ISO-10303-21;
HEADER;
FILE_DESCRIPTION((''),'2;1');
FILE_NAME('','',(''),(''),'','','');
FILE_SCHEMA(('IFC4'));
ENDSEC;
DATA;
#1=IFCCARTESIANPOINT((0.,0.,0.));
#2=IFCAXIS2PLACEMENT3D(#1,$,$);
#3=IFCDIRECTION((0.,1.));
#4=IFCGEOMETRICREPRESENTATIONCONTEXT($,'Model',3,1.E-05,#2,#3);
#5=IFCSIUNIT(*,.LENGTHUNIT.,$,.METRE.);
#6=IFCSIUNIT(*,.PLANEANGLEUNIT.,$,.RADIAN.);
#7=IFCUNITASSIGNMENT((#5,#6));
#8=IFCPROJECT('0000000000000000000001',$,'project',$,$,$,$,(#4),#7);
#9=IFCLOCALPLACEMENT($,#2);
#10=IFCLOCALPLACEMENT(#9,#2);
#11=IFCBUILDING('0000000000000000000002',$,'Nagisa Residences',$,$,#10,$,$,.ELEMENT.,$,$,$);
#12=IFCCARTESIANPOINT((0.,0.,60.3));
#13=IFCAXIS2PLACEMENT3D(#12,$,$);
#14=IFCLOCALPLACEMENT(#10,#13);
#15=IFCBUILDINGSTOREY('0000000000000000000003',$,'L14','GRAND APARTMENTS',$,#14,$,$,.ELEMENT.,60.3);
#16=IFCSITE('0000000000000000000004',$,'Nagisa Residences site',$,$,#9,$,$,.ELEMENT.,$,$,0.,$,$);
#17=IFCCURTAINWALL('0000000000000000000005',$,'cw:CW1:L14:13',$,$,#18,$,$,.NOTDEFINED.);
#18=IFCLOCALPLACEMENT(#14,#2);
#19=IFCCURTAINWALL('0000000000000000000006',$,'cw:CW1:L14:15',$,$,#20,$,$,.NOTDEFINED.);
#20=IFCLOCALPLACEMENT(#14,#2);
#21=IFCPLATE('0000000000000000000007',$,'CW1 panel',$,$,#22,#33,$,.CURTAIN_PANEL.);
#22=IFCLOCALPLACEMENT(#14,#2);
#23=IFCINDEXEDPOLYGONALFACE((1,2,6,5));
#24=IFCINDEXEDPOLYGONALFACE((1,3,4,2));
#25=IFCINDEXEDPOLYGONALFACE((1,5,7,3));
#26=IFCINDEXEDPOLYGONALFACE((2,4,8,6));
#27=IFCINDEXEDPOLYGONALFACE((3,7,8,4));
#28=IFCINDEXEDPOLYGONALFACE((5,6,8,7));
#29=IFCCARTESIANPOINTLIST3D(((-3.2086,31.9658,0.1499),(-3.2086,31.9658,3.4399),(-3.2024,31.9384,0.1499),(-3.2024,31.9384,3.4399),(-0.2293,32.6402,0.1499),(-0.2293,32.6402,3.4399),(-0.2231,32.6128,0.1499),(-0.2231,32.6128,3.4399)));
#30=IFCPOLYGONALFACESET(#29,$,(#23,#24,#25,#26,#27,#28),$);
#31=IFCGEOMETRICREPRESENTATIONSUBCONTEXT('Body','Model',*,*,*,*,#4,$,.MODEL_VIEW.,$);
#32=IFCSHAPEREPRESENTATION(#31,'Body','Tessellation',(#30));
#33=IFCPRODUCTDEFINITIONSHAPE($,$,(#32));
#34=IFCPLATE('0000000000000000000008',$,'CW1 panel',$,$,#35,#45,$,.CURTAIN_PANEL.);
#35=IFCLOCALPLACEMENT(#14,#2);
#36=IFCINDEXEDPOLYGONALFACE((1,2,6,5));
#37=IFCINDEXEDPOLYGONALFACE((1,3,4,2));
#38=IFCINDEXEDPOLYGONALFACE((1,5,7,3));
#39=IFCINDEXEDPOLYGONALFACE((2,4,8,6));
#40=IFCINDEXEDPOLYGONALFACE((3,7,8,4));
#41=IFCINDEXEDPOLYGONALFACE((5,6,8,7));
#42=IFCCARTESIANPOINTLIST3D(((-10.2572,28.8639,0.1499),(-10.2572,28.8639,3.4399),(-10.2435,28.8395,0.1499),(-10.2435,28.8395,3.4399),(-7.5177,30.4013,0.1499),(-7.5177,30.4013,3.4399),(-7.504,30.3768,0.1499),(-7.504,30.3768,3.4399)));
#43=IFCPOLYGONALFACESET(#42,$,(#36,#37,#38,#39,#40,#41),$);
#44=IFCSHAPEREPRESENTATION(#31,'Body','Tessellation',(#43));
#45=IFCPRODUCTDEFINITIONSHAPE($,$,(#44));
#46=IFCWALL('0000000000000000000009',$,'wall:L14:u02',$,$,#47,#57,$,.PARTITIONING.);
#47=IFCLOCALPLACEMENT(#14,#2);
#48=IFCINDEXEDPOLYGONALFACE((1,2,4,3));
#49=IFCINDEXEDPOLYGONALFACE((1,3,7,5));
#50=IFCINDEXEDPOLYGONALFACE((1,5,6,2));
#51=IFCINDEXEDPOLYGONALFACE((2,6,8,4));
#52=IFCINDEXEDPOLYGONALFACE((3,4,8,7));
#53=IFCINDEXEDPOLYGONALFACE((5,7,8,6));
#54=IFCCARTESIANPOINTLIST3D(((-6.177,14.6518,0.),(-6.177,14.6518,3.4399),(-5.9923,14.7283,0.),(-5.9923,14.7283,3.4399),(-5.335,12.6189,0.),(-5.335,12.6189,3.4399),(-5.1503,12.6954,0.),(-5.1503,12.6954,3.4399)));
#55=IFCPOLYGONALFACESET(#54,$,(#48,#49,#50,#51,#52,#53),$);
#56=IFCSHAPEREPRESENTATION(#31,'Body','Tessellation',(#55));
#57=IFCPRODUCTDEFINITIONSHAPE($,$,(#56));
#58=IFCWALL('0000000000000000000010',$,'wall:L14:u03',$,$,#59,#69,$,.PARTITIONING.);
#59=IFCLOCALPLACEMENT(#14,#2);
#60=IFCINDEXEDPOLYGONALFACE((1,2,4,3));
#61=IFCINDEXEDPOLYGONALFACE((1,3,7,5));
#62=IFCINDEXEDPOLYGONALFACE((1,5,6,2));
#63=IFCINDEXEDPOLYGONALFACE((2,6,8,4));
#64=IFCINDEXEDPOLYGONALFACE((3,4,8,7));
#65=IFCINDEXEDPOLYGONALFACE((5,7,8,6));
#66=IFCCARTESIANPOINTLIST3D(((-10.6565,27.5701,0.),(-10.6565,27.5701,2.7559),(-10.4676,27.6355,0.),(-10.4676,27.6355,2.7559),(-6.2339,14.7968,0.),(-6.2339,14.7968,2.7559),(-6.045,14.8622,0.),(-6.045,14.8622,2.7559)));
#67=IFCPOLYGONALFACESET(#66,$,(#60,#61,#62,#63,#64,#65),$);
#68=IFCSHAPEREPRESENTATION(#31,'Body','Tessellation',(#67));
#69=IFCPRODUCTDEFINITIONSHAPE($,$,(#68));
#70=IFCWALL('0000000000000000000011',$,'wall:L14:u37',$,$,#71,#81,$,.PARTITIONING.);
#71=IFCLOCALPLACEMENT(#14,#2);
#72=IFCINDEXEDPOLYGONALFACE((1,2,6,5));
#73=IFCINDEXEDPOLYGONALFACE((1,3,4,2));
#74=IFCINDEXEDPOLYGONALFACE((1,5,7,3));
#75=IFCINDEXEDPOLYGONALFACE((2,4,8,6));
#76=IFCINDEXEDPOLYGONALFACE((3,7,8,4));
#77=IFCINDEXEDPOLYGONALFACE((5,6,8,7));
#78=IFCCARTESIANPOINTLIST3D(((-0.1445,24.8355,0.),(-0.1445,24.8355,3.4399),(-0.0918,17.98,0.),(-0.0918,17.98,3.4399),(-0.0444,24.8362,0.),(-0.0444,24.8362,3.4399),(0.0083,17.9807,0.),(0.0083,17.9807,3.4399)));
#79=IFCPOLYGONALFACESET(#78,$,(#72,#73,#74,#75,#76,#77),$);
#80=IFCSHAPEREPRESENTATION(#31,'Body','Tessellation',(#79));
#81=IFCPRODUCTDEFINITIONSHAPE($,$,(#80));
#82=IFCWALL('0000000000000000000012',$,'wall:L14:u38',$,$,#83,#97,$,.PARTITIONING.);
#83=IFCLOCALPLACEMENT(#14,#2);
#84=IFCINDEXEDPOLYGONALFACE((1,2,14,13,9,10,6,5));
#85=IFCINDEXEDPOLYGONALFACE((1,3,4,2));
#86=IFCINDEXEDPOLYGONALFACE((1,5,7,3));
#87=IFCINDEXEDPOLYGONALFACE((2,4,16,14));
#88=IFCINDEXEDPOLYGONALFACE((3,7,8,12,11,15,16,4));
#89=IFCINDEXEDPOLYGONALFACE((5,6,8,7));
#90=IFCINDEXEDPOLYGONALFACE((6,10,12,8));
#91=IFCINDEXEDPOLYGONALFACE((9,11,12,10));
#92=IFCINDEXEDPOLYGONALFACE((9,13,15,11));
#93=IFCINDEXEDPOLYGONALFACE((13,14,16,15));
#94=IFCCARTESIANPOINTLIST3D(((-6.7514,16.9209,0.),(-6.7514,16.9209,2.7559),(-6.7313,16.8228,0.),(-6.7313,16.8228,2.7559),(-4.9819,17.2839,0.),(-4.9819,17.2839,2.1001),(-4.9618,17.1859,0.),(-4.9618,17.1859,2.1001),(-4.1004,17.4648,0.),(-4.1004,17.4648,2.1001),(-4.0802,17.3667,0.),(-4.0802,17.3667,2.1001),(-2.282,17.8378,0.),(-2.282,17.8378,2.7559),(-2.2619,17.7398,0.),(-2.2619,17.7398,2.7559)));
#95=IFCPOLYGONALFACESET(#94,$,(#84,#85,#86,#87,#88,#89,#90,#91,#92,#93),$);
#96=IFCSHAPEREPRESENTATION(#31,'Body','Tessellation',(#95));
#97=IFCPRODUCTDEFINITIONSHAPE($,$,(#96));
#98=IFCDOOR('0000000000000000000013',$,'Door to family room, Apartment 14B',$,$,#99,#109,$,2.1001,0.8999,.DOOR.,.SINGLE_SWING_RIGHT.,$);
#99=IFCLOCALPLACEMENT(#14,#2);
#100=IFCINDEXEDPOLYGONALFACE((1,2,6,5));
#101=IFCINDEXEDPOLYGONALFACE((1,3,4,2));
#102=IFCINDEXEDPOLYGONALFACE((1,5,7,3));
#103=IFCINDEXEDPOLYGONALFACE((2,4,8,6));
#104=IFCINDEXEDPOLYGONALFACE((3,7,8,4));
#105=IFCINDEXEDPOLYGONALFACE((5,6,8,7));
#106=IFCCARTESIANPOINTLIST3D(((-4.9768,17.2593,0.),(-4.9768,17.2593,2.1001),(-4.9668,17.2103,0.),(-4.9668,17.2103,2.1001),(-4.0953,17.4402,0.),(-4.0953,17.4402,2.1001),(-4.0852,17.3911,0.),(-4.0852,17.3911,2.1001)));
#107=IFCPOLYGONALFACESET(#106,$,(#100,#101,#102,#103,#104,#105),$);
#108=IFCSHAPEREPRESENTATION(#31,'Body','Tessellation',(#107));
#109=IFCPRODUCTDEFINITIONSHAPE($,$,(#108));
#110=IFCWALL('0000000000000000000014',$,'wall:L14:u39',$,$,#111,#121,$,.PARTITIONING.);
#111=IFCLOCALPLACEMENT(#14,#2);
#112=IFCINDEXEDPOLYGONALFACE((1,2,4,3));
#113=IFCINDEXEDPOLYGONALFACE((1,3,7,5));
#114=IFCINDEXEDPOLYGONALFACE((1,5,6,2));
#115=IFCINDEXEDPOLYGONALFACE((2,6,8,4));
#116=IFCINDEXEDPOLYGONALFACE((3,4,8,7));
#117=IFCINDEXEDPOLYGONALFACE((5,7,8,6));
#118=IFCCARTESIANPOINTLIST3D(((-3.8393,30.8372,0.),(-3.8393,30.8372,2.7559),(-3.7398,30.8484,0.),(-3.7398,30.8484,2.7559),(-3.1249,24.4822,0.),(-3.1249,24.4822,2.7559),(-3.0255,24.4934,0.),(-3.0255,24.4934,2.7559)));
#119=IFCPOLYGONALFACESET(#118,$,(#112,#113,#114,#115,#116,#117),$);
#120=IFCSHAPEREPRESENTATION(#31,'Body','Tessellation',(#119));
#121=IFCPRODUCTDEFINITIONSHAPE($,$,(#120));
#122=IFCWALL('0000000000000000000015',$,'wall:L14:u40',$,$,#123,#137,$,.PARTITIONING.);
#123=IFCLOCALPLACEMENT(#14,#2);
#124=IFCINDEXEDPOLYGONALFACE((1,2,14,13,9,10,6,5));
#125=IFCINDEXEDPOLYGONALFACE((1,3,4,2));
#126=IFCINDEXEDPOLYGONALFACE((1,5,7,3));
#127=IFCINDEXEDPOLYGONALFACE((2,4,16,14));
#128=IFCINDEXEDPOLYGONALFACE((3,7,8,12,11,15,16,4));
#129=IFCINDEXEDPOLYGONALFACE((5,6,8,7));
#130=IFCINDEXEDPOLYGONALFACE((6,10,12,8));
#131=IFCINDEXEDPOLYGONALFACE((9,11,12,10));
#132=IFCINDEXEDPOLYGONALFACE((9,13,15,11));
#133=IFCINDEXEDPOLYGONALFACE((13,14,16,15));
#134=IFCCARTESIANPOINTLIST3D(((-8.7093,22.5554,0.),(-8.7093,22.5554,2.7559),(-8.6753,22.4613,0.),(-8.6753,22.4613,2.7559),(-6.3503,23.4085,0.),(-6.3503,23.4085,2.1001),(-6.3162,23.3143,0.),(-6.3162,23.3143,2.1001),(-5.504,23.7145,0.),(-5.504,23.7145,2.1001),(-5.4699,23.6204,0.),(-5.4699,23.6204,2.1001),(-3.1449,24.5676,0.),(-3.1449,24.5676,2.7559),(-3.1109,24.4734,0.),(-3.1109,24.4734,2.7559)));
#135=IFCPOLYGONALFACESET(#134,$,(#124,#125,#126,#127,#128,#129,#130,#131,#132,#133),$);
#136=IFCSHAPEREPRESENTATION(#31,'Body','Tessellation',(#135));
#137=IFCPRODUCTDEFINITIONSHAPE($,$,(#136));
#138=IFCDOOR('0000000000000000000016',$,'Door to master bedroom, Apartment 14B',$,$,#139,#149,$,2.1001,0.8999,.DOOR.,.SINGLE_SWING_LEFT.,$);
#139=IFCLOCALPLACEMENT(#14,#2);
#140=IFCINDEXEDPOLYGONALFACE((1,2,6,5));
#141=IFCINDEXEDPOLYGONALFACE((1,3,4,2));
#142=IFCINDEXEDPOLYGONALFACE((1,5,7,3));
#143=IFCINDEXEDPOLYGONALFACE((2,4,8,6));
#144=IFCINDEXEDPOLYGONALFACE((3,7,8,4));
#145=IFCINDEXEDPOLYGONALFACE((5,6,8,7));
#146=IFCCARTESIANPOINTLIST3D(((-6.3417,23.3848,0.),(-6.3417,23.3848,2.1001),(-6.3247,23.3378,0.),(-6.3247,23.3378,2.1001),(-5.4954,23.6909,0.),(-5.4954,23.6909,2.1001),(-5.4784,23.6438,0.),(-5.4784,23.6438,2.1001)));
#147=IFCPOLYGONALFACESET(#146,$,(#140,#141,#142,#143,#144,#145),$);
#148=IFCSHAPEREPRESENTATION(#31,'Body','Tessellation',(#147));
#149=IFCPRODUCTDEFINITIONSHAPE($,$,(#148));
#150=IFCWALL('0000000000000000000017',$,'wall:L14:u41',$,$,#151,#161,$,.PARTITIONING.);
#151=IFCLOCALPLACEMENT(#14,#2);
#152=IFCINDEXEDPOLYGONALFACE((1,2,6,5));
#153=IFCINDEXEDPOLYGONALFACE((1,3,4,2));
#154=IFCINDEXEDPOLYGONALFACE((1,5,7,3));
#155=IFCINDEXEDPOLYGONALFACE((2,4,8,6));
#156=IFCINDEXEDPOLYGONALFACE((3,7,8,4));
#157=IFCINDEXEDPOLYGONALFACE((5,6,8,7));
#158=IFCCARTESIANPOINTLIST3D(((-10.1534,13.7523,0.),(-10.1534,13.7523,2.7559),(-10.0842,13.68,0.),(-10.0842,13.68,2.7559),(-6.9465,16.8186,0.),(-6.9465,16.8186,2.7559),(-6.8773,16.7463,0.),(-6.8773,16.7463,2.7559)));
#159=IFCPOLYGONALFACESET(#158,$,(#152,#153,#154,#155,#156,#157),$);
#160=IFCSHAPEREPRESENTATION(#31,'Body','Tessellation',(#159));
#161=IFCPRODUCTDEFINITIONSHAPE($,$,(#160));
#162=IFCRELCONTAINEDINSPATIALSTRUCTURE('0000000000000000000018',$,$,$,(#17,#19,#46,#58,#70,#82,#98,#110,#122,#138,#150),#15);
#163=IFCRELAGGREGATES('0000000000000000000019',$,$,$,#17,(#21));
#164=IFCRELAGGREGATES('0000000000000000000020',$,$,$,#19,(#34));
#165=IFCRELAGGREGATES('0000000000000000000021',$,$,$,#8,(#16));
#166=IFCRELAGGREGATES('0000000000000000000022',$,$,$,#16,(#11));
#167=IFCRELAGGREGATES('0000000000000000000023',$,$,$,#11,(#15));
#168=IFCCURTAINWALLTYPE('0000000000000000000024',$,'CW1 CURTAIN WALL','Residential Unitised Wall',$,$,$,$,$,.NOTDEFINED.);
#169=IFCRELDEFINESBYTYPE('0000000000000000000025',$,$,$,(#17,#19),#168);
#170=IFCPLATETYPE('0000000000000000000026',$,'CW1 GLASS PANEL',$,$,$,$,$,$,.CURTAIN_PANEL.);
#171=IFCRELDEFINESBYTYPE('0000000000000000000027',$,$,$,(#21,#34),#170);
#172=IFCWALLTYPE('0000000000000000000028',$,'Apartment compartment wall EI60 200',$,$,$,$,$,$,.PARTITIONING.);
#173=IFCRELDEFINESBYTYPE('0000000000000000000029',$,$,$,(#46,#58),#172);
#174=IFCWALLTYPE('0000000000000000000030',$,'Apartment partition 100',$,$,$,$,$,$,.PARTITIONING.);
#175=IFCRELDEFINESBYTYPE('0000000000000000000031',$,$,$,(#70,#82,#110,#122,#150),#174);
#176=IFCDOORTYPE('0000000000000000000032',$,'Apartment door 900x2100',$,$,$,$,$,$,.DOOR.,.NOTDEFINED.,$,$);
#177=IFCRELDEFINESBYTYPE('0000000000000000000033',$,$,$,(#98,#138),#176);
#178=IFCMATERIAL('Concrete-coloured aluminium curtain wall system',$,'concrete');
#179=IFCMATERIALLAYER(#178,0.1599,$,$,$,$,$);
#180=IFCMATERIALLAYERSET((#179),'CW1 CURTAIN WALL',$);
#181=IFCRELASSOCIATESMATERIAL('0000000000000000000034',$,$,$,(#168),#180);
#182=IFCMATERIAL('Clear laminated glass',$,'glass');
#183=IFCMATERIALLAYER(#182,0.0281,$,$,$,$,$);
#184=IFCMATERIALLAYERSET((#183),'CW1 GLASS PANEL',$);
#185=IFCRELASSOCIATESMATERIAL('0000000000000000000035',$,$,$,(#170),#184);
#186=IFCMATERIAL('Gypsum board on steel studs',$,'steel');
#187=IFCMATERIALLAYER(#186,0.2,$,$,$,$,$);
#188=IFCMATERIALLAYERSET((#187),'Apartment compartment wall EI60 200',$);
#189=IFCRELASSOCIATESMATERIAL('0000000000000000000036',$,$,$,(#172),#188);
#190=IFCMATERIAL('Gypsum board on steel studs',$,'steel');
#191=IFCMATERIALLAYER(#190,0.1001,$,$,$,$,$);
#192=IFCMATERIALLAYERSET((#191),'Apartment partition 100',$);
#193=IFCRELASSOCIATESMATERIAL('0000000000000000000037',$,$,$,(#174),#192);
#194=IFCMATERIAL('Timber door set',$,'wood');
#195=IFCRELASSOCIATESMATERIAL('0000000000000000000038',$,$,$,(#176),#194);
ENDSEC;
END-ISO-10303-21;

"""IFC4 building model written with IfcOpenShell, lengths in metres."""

from ifc_helpers import new_model, si_unit, direction, frame, frame_2d, origin, origin_2d, place, context, subcontext, project, spatial, rectangle, extrude, material, layer, layer_set, type_object, element, fill, aggregate, save


model = new_model("IFC4")

# Units and contexts
model_context = context("Model", 3, precision=1e-05, world=origin(), true_north=direction((0.0, 1.0)))
body_context = subcontext(model_context, "Body", "Model", "MODEL_VIEW")
ifc_project = project(units=[si_unit("LENGTHUNIT", "METRE"), si_unit("PLANEANGLEUNIT", "RADIAN")], contexts=[model_context])

# Site, building, storey
site_placement = place(None, origin())
site = spatial("IfcSite", under=ifc_project, at=site_placement, Name="Nagisa Residences site", CompositionType="ELEMENT", RefElevation=0.0)
building_placement = place(site_placement, origin())
building = spatial("IfcBuilding", under=site, at=building_placement, Name="Nagisa Residences", CompositionType="ELEMENT")
storey_placement = place(building_placement, frame((0.0, 0.0, 60.3)))
storey = spatial("IfcBuildingStorey", under=building, at=storey_placement, Name="L14", Description="GRAND APARTMENTS", CompositionType="ELEMENT", Elevation=60.3)

# Curtain walls
ifc_material_1 = material(Name="Concrete-coloured aluminium curtain wall system", Category="concrete")
ifc_layer_1 = layer(ifc_material_1, 0.1599)
ifc_layer_set_1 = layer_set([ifc_layer_1], Name="CW1 CURTAIN WALL")
curtain_wall_type = type_object("IfcCurtainWallType", Name="CW1 CURTAIN WALL", Description="Residential Unitised Wall", PredefinedType="NOTDEFINED", material=ifc_layer_set_1)
curtain_wall_1_placement = place(storey_placement, origin())
curtain_wall_1 = element("IfcCurtainWall", 1, at=curtain_wall_1_placement, inside=storey, type_object=curtain_wall_type, Name="cw:CW1:L14:13", PredefinedType="NOTDEFINED")
curtain_wall_2_placement = place(storey_placement, origin())
curtain_wall_2 = element("IfcCurtainWall", 2, at=curtain_wall_2_placement, inside=storey, type_object=curtain_wall_type, Name="cw:CW1:L14:15", PredefinedType="NOTDEFINED")

# Plates
ifc_material_2 = material(Name="Clear laminated glass", Category="glass")
ifc_layer_2 = layer(ifc_material_2, 0.0281)
ifc_layer_set_2 = layer_set([ifc_layer_2], Name="CW1 GLASS PANEL")
plate_type = type_object("IfcPlateType", Name="CW1 GLASS PANEL", PredefinedType="CURTAIN_PANEL", material=ifc_layer_set_2)
plate_1_placement = place(storey_placement, frame((-1.7158, 32.2893, 0.1499), z_axis=(0.0, 0.0, 1.0), x_axis=(-0.975327, -0.220764, 0.0)))
plate_1 = element("IfcPlate", 3, at=plate_1_placement, type_object=plate_type, Name="CW1 panel", PredefinedType="CURTAIN_PANEL", context=body_context, shape_type="SweptSolid", body=[
    extrude(rectangle(XDim=3.0547, YDim=0.0281, at=origin_2d()), origin(), (0.0, 0.0, 1.0), 3.29),
])
aggregate(curtain_wall_1, [plate_1])
plate_2_placement = place(storey_placement, frame((-8.8806, 29.6204, 0.1499), z_axis=(0.0, 0.0, 1.0), x_axis=(-0.872072, -0.489377, 0.0)))
plate_2 = element("IfcPlate", 4, at=plate_2_placement, type_object=plate_type, Name="CW1 panel", PredefinedType="CURTAIN_PANEL", context=body_context, shape_type="SweptSolid", body=[
    extrude(rectangle(XDim=3.1414, YDim=0.0281, at=origin_2d()), origin(), (0.0, 0.0, 1.0), 3.29),
])
aggregate(curtain_wall_2, [plate_2])

# Walls
ifc_material_3 = material(Name="Gypsum board on steel studs", Category="steel")
ifc_layer_3 = layer(ifc_material_3, 0.2)
ifc_layer_set_3 = layer_set([ifc_layer_3], Name="Apartment compartment wall EI60 200")
wall_type_1 = type_object("IfcWallType", Name="Apartment compartment wall EI60 200", PredefinedType="PARTITIONING", material=ifc_layer_set_3)
wall_1_placement = place(storey_placement, frame((-5.2427, 12.6572, 0.0), z_axis=(0.0, 0.0, 1.0), x_axis=(-0.382669, 0.923886, 0.0)))
element("IfcWall", 5, at=wall_1_placement, inside=storey, type_object=wall_type_1, Name="wall:L14:u02", PredefinedType="PARTITIONING", context=body_context, shape_type="SweptSolid", body=[
    extrude(rectangle(XDim=2.2004, YDim=0.2, at=frame_2d((1.1001, 0.0))), origin(), (0.0, 0.0, 1.0), 3.4399),
])
wall_2_placement = place(storey_placement, frame((-6.1394, 14.8293, 0.0), z_axis=(0.0, 0.0, 1.0), x_axis=(-0.327179, 0.944962, 0.0)))
element("IfcWall", 6, at=wall_2_placement, inside=storey, type_object=wall_type_1, Name="wall:L14:u03", PredefinedType="PARTITIONING", context=body_context, shape_type="SweptSolid", body=[
    extrude(rectangle(XDim=13.5173, YDim=0.2, at=frame_2d((6.7588, 0.0))), origin(), (0.0, 0.0, 1.0), 2.7559),
])
ifc_material_4 = material(Name="Gypsum board on steel studs", Category="steel")
ifc_layer_4 = layer(ifc_material_4, 0.1001)
ifc_layer_set_4 = layer_set([ifc_layer_4], Name="Apartment partition 100")
wall_type_2 = type_object("IfcWallType", Name="Apartment partition 100", PredefinedType="PARTITIONING", material=ifc_layer_set_4)
wall_3_placement = place(storey_placement, frame((-0.0417, 17.9805, 0.0), z_axis=(0.0, 0.0, 1.0), x_axis=(-0.007692, 0.99997, 0.0)))
element("IfcWall", 7, at=wall_3_placement, inside=storey, type_object=wall_type_2, Name="wall:L14:u37", PredefinedType="PARTITIONING", context=body_context, shape_type="SweptSolid", body=[
    extrude(rectangle(XDim=6.8557, YDim=0.1001, at=frame_2d((3.4277, 0.0))), origin(), (0.0, 0.0, 1.0), 3.4399),
])

# Wall, opening, door
wall_4_placement = place(storey_placement, frame((-2.272, 17.7888, 0.0), z_axis=(0.0, 0.0, 1.0), x_axis=(-0.979595, -0.200981, 0.0)))
wall_4 = element("IfcWall", 8, at=wall_4_placement, inside=storey, type_object=wall_type_2, Name="wall:L14:u38", PredefinedType="PARTITIONING", context=body_context, shape_type="SweptSolid", body=[
    extrude(rectangle(XDim=4.5625, YDim=0.1001, at=frame_2d((2.2812, 0.0))), origin(), (0.0, 0.0, 1.0), 2.7559),
])
opening_1_placement = place(wall_4_placement, frame((1.8562, 0.0, 0.0)))
opening_1 = element("IfcOpeningElement", 9, at=opening_1_placement, cuts=wall_4, PredefinedType="OPENING", context=body_context, shape_type="SweptSolid", body=[
    extrude(rectangle(XDim=0.8999, YDim=2.1001, at=frame_2d((0.45, 1.05))), frame((0.0, 0.0601, 0.0), z_axis=(0.0, -1.0, 0.0), x_axis=(1.0, 0.0, 0.0)), (0.0, 0.0, 1.0), 0.1201),
])
ifc_material_5 = material(Name="Timber door set", Category="wood")
door_type_1 = type_object("IfcDoorType", Name="Apartment door 900x2100", OperationType="NOTDEFINED", PredefinedType="DOOR", material=ifc_material_5)
door_1_placement = place(opening_1_placement, frame((0.8999, 0.0, 0.0), x_axis=(-1.0, 0.0, 0.0)))
door_1 = element("IfcDoor", 10, at=door_1_placement, inside=storey, type_object=door_type_1, Name="Door to family room, Apartment 14B", OperationType="SINGLE_SWING_RIGHT", OverallHeight=2.1001, OverallWidth=0.8999, PredefinedType="DOOR", context=body_context, shape_type="SweptSolid", body=[
    extrude(rectangle(XDim=0.8999, YDim=2.1001, at=frame_2d((0.45, 1.05))), frame((0.0, 0.0249, 0.0), z_axis=(0.0, -1.0, 0.0), x_axis=(1.0, 0.0, 0.0)), (0.0, 0.0, 1.0), 0.05),
])
fill(opening_1, door_1)

# Wall
wall_5_placement = place(storey_placement, frame((-3.0752, 24.4878, 0.0), z_axis=(0.0, 0.0, 1.0), x_axis=(-0.111705, 0.993741, 0.0)))
element("IfcWall", 11, at=wall_5_placement, inside=storey, type_object=wall_type_2, Name="wall:L14:u39", PredefinedType="PARTITIONING", context=body_context, shape_type="SweptSolid", body=[
    extrude(rectangle(XDim=6.395, YDim=0.1001, at=frame_2d((3.1975, 0.0))), origin(), (0.0, 0.0, 1.0), 2.7559),
])

# Wall, opening, door
wall_6_placement = place(storey_placement, frame((-3.1279, 24.5205, 0.0), z_axis=(0.0, 0.0, 1.0), x_axis=(-0.940401, -0.340066, 0.0)))
wall_6 = element("IfcWall", 12, at=wall_6_placement, inside=storey, type_object=wall_type_2, Name="wall:L14:u40", PredefinedType="PARTITIONING", context=body_context, shape_type="SweptSolid", body=[
    extrude(rectangle(XDim=5.917, YDim=0.1001, at=frame_2d((2.9585, 0.0))), origin(), (0.0, 0.0, 1.0), 2.7559),
])
opening_2_placement = place(wall_6_placement, frame((2.5085, 0.0, 0.0)))
opening_2 = element("IfcOpeningElement", 13, at=opening_2_placement, cuts=wall_6, PredefinedType="OPENING", context=body_context, shape_type="SweptSolid", body=[
    extrude(rectangle(XDim=0.8999, YDim=2.1001, at=frame_2d((0.45, 1.05))), frame((0.0, 0.0601, 0.0), z_axis=(0.0, -1.0, 0.0), x_axis=(1.0, 0.0, 0.0)), (0.0, 0.0, 1.0), 0.1201),
])
door_2_placement = place(opening_2_placement, frame((0.8999, 0.0, 0.0), x_axis=(-1.0, 0.0, 0.0)))
door_2 = element("IfcDoor", 14, at=door_2_placement, inside=storey, type_object=door_type_1, Name="Door to master bedroom, Apartment 14B", OperationType="SINGLE_SWING_LEFT", OverallHeight=2.1001, OverallWidth=0.8999, PredefinedType="DOOR", context=body_context, shape_type="SweptSolid", body=[
    extrude(rectangle(XDim=0.8999, YDim=2.1001, at=frame_2d((0.45, 1.05))), frame((0.0, 0.0249, 0.0), z_axis=(0.0, -1.0, 0.0), x_axis=(1.0, 0.0, 0.0)), (0.0, 0.0, 1.0), 0.05),
])
fill(opening_2, door_2)

# Wall
wall_7_placement = place(storey_placement, frame((-6.9119, 16.7825, 0.0), z_axis=(0.0, 0.0, 1.0), x_axis=(-0.722776, -0.691083, 0.0)))
element("IfcWall", 15, at=wall_7_placement, inside=storey, type_object=wall_type_2, Name="wall:L14:u41", PredefinedType="PARTITIONING", context=body_context, shape_type="SweptSolid", body=[
    extrude(rectangle(XDim=4.437, YDim=0.1001, at=frame_2d((2.2185, 0.0))), origin(), (0.0, 0.0, 1.0), 2.7559),
])

save(model, "model.ifc")
